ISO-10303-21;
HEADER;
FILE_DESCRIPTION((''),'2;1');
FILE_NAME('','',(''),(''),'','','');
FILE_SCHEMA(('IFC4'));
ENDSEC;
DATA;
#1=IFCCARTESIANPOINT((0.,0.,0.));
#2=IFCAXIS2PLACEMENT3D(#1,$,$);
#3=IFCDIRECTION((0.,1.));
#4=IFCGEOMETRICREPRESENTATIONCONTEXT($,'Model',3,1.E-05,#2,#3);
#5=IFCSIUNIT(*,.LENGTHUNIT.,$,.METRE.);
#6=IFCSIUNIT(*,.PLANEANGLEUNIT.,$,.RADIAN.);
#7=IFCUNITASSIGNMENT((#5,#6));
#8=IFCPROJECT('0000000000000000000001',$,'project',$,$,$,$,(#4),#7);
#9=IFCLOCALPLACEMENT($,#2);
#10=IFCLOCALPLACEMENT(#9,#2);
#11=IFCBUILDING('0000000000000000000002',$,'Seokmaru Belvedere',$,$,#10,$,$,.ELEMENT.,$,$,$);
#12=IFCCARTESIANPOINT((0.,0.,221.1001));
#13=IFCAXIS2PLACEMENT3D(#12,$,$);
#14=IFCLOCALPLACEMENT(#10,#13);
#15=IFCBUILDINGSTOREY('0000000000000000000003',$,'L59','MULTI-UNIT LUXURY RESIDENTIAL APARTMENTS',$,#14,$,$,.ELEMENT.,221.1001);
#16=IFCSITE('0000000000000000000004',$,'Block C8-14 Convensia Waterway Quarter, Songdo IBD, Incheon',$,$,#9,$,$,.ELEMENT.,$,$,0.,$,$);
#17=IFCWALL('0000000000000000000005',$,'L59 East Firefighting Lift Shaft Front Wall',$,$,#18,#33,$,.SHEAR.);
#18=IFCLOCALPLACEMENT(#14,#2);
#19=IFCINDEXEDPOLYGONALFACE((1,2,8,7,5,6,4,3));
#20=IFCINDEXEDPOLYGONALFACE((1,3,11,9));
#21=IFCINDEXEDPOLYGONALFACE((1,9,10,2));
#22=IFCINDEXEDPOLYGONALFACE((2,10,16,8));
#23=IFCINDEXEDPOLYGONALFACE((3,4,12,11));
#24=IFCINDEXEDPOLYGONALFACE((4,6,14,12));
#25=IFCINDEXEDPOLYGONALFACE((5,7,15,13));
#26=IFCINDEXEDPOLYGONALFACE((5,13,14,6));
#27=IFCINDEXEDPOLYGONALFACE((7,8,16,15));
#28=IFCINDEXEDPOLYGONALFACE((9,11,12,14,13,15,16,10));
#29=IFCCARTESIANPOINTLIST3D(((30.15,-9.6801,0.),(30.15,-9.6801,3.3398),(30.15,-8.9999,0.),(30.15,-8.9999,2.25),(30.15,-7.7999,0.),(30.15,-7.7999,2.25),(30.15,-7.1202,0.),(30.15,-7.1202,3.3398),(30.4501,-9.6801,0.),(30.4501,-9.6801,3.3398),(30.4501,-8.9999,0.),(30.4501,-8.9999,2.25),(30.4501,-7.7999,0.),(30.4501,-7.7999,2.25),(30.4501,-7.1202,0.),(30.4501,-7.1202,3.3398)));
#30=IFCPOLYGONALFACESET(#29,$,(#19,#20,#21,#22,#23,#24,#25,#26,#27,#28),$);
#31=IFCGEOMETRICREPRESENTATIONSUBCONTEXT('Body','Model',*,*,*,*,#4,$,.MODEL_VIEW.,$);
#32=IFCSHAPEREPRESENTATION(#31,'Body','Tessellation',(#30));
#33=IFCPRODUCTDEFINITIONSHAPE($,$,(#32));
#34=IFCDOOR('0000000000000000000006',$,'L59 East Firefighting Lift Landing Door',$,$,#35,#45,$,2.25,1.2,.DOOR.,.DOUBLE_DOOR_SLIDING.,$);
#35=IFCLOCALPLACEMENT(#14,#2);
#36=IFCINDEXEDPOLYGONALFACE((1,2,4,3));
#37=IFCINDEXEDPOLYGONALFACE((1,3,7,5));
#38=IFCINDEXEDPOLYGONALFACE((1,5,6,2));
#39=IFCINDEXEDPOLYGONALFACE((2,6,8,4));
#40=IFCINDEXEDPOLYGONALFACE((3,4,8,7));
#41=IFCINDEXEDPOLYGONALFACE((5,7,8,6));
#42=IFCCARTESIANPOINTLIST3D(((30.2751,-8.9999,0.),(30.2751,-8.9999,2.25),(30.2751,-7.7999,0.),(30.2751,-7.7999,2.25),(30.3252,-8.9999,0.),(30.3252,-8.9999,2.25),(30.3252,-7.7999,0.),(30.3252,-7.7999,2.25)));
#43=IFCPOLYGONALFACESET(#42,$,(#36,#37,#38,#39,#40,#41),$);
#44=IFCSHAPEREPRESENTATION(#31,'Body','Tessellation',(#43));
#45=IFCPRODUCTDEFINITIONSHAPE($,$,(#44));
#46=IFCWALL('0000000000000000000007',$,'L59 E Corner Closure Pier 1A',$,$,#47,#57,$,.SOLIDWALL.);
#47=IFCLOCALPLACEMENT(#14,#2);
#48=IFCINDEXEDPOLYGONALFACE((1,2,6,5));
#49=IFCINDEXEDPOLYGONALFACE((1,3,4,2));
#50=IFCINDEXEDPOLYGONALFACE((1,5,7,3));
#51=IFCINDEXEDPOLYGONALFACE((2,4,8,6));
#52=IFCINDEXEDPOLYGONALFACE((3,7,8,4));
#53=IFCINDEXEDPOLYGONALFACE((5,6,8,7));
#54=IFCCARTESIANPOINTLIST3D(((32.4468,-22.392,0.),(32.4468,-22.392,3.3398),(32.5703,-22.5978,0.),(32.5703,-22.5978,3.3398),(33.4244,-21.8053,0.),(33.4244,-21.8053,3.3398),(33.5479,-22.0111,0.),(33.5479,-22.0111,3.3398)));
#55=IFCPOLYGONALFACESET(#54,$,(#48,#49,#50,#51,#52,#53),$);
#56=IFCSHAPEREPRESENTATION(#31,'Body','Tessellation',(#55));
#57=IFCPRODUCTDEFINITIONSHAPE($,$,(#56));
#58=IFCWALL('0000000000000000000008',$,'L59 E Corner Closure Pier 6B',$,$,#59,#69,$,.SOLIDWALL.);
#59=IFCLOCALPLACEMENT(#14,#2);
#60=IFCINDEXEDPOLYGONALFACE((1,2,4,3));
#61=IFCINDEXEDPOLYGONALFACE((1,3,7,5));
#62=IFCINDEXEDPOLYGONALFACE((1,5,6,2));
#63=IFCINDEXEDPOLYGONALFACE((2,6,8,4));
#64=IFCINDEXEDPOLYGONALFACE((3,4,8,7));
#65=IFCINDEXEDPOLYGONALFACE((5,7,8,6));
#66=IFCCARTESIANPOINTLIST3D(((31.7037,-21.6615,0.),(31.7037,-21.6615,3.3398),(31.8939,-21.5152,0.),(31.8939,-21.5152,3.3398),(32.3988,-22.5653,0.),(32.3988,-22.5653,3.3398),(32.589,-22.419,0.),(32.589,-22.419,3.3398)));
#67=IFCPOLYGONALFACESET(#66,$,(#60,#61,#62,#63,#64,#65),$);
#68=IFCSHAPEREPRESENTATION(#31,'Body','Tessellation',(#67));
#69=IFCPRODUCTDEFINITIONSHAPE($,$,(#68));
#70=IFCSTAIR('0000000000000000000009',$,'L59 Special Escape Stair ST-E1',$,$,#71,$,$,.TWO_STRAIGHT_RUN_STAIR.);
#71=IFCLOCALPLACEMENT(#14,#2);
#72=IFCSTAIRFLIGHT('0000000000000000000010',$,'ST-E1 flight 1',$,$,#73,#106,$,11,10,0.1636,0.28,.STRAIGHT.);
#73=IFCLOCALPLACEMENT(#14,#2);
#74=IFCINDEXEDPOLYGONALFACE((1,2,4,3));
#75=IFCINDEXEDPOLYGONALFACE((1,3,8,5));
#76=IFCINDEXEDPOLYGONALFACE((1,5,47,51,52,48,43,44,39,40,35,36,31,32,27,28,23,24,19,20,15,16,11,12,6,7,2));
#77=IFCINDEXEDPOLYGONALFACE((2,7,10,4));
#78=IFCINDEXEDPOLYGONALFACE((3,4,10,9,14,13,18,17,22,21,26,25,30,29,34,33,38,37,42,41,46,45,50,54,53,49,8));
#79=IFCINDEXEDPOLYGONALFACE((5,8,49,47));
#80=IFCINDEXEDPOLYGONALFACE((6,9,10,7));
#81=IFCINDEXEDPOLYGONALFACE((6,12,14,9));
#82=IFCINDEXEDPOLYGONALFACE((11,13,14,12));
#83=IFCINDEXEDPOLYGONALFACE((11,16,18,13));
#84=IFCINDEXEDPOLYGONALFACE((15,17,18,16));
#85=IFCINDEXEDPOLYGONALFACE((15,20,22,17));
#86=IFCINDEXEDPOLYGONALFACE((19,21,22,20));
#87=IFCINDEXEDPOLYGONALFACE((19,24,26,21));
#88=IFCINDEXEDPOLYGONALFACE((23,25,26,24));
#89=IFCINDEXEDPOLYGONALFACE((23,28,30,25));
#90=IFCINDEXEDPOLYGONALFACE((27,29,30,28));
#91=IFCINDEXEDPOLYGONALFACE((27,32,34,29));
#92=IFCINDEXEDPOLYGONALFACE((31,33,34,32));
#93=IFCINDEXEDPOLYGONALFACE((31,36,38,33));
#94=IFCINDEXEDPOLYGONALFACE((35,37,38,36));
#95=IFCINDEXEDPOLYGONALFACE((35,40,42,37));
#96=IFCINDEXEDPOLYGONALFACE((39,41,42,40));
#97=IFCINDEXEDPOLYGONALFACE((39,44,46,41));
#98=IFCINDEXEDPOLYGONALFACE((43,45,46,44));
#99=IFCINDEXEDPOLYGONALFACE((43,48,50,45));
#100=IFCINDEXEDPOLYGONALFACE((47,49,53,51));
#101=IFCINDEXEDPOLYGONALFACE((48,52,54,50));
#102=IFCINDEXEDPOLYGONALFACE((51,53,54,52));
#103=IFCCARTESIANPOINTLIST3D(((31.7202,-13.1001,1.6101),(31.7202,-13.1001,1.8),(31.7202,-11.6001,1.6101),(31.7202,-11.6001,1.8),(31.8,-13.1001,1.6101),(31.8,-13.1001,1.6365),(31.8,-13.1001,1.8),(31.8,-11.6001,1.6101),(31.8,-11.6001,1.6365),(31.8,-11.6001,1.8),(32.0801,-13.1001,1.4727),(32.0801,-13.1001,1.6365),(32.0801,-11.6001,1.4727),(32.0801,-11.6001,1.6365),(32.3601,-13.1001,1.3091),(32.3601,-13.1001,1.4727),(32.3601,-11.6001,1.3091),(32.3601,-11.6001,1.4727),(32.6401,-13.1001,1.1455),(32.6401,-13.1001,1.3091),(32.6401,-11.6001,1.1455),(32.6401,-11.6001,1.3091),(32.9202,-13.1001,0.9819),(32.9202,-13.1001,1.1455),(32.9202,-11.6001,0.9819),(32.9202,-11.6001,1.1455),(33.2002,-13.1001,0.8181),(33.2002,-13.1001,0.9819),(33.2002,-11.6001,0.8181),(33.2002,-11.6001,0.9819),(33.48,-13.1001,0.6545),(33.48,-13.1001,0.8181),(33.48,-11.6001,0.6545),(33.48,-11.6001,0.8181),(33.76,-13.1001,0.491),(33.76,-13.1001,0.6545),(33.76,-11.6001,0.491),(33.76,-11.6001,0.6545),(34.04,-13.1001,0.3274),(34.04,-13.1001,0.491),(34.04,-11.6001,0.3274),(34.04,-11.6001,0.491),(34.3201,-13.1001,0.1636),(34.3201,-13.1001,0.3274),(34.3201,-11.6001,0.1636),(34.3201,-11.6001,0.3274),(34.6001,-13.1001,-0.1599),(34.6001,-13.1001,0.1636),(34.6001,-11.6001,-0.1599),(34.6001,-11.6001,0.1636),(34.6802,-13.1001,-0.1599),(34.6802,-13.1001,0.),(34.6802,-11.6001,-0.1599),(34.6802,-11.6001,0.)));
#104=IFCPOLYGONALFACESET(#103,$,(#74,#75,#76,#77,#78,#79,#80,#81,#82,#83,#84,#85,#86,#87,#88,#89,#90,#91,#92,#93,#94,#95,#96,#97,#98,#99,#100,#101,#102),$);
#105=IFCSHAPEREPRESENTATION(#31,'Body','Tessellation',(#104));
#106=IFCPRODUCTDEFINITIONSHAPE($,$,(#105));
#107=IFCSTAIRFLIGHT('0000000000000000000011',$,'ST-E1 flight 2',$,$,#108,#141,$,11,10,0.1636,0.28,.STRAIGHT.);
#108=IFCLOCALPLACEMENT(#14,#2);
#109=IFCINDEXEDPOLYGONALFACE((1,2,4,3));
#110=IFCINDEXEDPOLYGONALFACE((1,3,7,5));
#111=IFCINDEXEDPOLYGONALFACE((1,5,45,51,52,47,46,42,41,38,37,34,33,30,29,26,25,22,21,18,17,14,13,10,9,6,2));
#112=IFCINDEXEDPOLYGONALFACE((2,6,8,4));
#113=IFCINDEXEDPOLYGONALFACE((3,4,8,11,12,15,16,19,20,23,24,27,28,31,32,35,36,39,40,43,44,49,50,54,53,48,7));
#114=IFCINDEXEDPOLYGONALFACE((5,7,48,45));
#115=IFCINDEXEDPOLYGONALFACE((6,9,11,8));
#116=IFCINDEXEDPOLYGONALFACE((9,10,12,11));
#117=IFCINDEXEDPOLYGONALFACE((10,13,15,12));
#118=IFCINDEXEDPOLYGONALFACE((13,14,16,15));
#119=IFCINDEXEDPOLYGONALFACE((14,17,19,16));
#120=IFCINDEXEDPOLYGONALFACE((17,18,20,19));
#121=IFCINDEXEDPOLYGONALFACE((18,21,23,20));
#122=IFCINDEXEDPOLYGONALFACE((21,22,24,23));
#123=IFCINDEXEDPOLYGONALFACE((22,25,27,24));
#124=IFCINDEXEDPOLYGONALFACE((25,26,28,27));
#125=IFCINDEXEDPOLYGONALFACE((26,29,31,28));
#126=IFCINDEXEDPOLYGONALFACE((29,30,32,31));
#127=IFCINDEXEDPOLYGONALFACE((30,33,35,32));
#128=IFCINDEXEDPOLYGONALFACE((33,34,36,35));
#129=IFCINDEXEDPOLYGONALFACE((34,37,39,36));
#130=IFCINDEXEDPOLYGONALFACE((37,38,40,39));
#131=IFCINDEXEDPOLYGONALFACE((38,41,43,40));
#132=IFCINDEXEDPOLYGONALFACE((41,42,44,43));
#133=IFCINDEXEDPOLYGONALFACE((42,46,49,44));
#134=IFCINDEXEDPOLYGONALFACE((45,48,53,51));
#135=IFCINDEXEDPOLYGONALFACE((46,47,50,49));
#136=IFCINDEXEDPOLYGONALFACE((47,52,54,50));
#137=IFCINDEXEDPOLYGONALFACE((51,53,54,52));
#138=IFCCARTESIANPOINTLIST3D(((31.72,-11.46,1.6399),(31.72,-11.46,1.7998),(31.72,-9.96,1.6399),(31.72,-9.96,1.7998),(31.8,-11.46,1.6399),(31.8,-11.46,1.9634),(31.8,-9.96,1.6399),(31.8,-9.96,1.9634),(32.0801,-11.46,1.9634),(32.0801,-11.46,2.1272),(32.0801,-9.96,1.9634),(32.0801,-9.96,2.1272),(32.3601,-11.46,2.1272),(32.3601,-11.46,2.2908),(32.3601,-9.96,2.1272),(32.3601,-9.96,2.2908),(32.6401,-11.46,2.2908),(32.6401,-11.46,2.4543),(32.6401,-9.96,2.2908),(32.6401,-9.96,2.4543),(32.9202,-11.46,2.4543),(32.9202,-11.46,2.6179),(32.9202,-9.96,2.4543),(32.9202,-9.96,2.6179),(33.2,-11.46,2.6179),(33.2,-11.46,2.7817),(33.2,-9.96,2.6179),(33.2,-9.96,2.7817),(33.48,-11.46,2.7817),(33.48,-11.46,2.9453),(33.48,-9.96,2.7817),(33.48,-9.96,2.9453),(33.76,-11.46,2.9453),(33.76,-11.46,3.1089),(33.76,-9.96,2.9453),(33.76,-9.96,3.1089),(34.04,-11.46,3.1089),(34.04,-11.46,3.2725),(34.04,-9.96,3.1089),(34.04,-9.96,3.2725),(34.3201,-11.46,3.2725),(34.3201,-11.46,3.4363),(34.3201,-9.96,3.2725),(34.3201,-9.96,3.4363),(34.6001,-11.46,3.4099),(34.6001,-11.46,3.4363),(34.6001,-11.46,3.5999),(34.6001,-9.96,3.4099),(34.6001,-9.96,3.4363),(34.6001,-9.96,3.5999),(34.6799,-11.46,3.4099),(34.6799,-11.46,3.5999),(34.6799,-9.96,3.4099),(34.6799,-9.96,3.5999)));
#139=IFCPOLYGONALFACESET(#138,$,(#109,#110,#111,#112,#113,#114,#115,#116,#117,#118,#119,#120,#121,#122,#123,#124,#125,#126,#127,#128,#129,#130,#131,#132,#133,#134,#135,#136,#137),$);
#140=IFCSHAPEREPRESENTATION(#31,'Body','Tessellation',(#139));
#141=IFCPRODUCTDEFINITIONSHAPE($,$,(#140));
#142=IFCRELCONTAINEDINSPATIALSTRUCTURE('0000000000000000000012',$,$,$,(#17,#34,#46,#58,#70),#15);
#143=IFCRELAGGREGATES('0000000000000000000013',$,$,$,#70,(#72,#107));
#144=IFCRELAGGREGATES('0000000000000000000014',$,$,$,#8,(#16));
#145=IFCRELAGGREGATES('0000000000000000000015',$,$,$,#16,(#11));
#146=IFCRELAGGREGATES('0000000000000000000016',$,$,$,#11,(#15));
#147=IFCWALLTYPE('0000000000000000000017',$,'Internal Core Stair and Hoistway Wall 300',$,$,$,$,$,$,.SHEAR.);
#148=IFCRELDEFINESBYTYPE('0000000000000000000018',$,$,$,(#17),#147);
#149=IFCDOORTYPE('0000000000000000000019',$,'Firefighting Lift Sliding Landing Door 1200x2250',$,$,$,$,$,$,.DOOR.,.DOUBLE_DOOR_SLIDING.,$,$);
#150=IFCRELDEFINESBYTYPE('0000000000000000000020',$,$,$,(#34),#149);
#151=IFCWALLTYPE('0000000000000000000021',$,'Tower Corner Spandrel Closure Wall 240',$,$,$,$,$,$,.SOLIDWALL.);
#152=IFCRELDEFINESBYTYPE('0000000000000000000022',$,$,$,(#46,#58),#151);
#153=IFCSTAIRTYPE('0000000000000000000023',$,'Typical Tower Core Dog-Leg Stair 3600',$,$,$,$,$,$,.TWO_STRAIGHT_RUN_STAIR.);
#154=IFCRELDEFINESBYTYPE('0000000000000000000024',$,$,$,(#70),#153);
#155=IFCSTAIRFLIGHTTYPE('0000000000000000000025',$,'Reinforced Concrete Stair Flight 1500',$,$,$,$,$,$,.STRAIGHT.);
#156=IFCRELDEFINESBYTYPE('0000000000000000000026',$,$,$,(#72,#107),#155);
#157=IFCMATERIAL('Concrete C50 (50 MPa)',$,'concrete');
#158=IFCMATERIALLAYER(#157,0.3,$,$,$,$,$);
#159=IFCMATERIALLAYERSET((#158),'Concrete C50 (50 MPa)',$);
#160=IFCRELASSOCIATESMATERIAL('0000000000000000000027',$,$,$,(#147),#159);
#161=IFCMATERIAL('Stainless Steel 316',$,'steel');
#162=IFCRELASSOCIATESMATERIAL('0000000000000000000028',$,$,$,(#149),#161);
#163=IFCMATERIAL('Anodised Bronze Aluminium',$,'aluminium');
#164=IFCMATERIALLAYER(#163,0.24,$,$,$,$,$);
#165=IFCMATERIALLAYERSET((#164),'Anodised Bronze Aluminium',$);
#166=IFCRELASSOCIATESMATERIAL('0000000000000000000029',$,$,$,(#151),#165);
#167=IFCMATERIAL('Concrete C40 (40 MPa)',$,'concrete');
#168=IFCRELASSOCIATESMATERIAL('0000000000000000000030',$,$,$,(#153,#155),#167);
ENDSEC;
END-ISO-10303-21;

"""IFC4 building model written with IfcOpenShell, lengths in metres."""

from ifc_helpers import new_model, si_unit, direction, frame, frame_2d, origin, place, context, subcontext, project, spatial, polyline, rectangle, outline, extrude, source, transform, mapped, material, layer, layer_set, type_object, type_shapes, element, fill, aggregate, save


model = new_model("IFC4")

# Units and contexts
model_context = context("Model", 3, precision=1e-05, world=origin(), true_north=direction((0.0, 1.0)))
body_context = subcontext(model_context, "Body", "Model", "MODEL_VIEW")
ifc_project = project(units=[si_unit("LENGTHUNIT", "METRE"), si_unit("PLANEANGLEUNIT", "RADIAN")], contexts=[model_context])

# Site, building, storey
site_placement = place(None, origin())
site = spatial("IfcSite", under=ifc_project, at=site_placement, Name="Block C8-14 Convensia Waterway Quarter, Songdo IBD, Incheon", CompositionType="ELEMENT", RefElevation=0.0)
building_placement = place(site_placement, origin())
building = spatial("IfcBuilding", under=site, at=building_placement, Name="Seokmaru Belvedere", CompositionType="ELEMENT")
storey_placement = place(building_placement, frame((0.0, 0.0, 221.1001)))
storey = spatial("IfcBuildingStorey", under=building, at=storey_placement, Name="L59", Description="MULTI-UNIT LUXURY RESIDENTIAL APARTMENTS", CompositionType="ELEMENT", Elevation=221.1001)

# Shared definitions
ifc_material_1 = material(Name="Anodised Bronze Aluminium", Category="aluminium")

# Wall, opening, door
ifc_material_2 = material(Name="Concrete C50 (50 MPa)", Category="concrete")
ifc_layer_1 = layer(ifc_material_2, 0.3)
ifc_layer_set_1 = layer_set([ifc_layer_1], Name="Concrete C50 (50 MPa)")
wall_type_1 = type_object("IfcWallType", Name="Internal Core Stair and Hoistway Wall 300", PredefinedType="SHEAR", material=ifc_layer_set_1)
wall_1_placement = place(storey_placement, frame((30.3, -9.6799, 0.0), z_axis=(0.0, 0.0, 1.0), x_axis=(0.0, 1.0, 0.0)))
wall_1 = element("IfcWall", 1, at=wall_1_placement, inside=storey, type_object=wall_type_1, Name="L59 East Firefighting Lift Shaft Front Wall", PredefinedType="SHEAR", context=body_context, shape_type="SweptSolid", body=[
    extrude(rectangle(XDim=2.5598, YDim=0.3, at=frame_2d((1.2798, 0.0))), origin(), (0.0, 0.0, 1.0), 3.3398),
])
opening_1_placement = place(wall_1_placement, frame((0.6799, 0.0, 0.0)))
opening_1 = element("IfcOpeningElement", 2, at=opening_1_placement, cuts=wall_1, PredefinedType="OPENING", context=body_context, shape_type="SweptSolid", body=[
    extrude(rectangle(XDim=1.2, YDim=2.25, at=frame_2d((0.6001, 1.125))), frame((0.0, 0.1602, 0.0), z_axis=(0.0, -1.0, 0.0), x_axis=(1.0, 0.0, 0.0)), (0.0, 0.0, 1.0), 0.3201),
])
ifc_material_3 = material(Name="Stainless Steel 316", Category="steel")
door_type_1 = type_object("IfcDoorType", Name="Firefighting Lift Sliding Landing Door 1200x2250", OperationType="DOUBLE_DOOR_SLIDING", PredefinedType="DOOR", material=ifc_material_3)
shared_shape_1 = source(origin(), body_context, "Body", "SweptSolid", [
    extrude(rectangle(XDim=1.2, YDim=2.25, at=frame_2d((0.6001, 1.125))), frame((0.0, 0.0249, 0.0), z_axis=(0.0, -1.0, 0.0), x_axis=(1.0, 0.0, 0.0)), (0.0, 0.0, 1.0), 0.05),
])
type_shapes(door_type_1, [shared_shape_1])
door_1_placement = place(opening_1_placement, origin())
door_1 = element("IfcDoor", 3, at=door_1_placement, inside=storey, type_object=door_type_1, Name="L59 East Firefighting Lift Landing Door", OperationType="DOUBLE_DOOR_SLIDING", OverallHeight=2.25, OverallWidth=1.2, PredefinedType="DOOR", context=body_context, shape_type="MappedRepresentation", body=[
    mapped(shared_shape_1, transform((0.0, 0.0, 0.0), scale=1.0)),
])
fill(opening_1, door_1)

# Walls
ifc_layer_2 = layer(ifc_material_1, 0.24)
ifc_layer_set_2 = layer_set([ifc_layer_2], Name="Anodised Bronze Aluminium")
wall_type_2 = type_object("IfcWallType", Name="Tower Corner Spandrel Closure Wall 240", PredefinedType="SOLIDWALL", material=ifc_layer_set_2)
for number, where, z_axis, x_axis, name in (
    (4, (32.5085, -22.4949, 0.0), (0.0, 0.0, 1.0), (0.857436, 0.51459, 0.0), "L59 E Corner Closure Pier 1A"),
    (5, (31.7988, -21.5884, 0.0), (0.0, 0.0, 1.0), (0.609618, -0.792696, 0.0), "L59 E Corner Closure Pier 6B"),
):
    element("IfcWall", number, at=place(storey_placement, frame(where, z_axis=z_axis, x_axis=x_axis)), inside=storey, type_object=wall_type_2, Name=name, PredefinedType="SOLIDWALL", context=body_context, shape_type="SweptSolid", body=[
        extrude(rectangle(XDim=1.1401, YDim=0.24, at=frame_2d((0.5701, 0.0))), origin(), (0.0, 0.0, 1.0), 3.3398),
    ])

# Stair, stair flights
ifc_material_4 = material(Name="Concrete C40 (40 MPa)", Category="concrete")
stair_type = type_object("IfcStairType", Name="Typical Tower Core Dog-Leg Stair 3600", PredefinedType="TWO_STRAIGHT_RUN_STAIR", material=ifc_material_4)
stair_placement = place(storey_placement, origin())
stair = element("IfcStair", 6, at=stair_placement, inside=storey, type_object=stair_type, Name="L59 Special Escape Stair ST-E1", PredefinedType="TWO_STRAIGHT_RUN_STAIR")
stair_flight_type = type_object("IfcStairFlightType", Name="Reinforced Concrete Stair Flight 1500", PredefinedType="STRAIGHT", material=ifc_material_4)
stair_flight_1_placement = place(storey_placement, frame((34.6001, -12.3501, 0.0), z_axis=(0.0, 0.0, 1.0), x_axis=(-1.0, 0.0, 0.0)))
stair_flight_1 = element("IfcStairFlight", 7, at=stair_flight_1_placement, type_object=stair_flight_type, Name="ST-E1 flight 1", NumberOfRisers=11, NumberOfTreads=10, PredefinedType="STRAIGHT", RiserHeight=0.1636, TreadLength=0.28, context=body_context, shape_type="SweptSolid", body=[
    extrude(outline(polyline([(-0.0801, 0.0), (0.0, 0.1636), (0.28, 0.1636), (0.28, 0.3274), (0.5601, 0.3274), (0.5601, 0.491), (0.8401, 0.491), (0.8401, 0.6545), (1.1201, 0.6545), (1.1201, 0.8181), (1.3999, 0.8181), (1.3999, 0.9819), (1.6799, 0.9819), (1.6799, 1.1455), (1.96, 1.1455), (1.96, 1.3091), (2.24, 1.3091), (2.24, 1.4727), (2.52, 1.4727), (2.52, 1.6365), (2.8, 1.6365), (2.8, 1.8), (2.8799, 1.8), (2.8799, 1.6101), (2.8, 1.6101), (0.0, -0.1599), (-0.0801, -0.1599), (-0.0801, 0.0)])), frame((0.0, 0.75, 0.0), z_axis=(0.0, -1.0, 0.0), x_axis=(1.0, 0.0, 0.0)), (0.0, 0.0, 1.0), 1.5),
])
stair_flight_2_placement = place(storey_placement, frame((31.8, -10.71, 1.7998), z_axis=(0.0, 0.0, 1.0), x_axis=(1.0, 0.0, 0.0)))
stair_flight_2 = element("IfcStairFlight", 8, at=stair_flight_2_placement, type_object=stair_flight_type, Name="ST-E1 flight 2", NumberOfRisers=11, NumberOfTreads=10, PredefinedType="STRAIGHT", RiserHeight=0.1636, TreadLength=0.28, context=body_context, shape_type="SweptSolid", body=[
    extrude(outline(polyline([(-0.0801, 0.0), (0.0, 0.1636), (0.28, 0.1636), (0.28, 0.3274), (0.5601, 0.3274), (0.5601, 0.491), (0.8401, 0.491), (0.8401, 0.6545), (1.1201, 0.6545), (1.1201, 0.8181), (1.3999, 0.8181), (1.3999, 0.9819), (1.6799, 0.9819), (1.6799, 1.1455), (1.96, 1.1455), (1.96, 1.3091), (2.24, 1.3091), (2.24, 1.4727), (2.52, 1.4727), (2.52, 1.6365), (2.8, 1.6365), (2.8, 1.8), (2.8799, 1.8), (2.8799, 1.6101), (2.8, 1.6101), (0.0, -0.1599), (-0.0801, -0.1599), (-0.0801, 0.0)])), frame((0.0, 0.75, 0.0), z_axis=(0.0, -1.0, 0.0), x_axis=(1.0, 0.0, 0.0)), (0.0, 0.0, 1.0), 1.5),
])
aggregate(stair, [stair_flight_1, stair_flight_2])

save(model, "model.ifc")
